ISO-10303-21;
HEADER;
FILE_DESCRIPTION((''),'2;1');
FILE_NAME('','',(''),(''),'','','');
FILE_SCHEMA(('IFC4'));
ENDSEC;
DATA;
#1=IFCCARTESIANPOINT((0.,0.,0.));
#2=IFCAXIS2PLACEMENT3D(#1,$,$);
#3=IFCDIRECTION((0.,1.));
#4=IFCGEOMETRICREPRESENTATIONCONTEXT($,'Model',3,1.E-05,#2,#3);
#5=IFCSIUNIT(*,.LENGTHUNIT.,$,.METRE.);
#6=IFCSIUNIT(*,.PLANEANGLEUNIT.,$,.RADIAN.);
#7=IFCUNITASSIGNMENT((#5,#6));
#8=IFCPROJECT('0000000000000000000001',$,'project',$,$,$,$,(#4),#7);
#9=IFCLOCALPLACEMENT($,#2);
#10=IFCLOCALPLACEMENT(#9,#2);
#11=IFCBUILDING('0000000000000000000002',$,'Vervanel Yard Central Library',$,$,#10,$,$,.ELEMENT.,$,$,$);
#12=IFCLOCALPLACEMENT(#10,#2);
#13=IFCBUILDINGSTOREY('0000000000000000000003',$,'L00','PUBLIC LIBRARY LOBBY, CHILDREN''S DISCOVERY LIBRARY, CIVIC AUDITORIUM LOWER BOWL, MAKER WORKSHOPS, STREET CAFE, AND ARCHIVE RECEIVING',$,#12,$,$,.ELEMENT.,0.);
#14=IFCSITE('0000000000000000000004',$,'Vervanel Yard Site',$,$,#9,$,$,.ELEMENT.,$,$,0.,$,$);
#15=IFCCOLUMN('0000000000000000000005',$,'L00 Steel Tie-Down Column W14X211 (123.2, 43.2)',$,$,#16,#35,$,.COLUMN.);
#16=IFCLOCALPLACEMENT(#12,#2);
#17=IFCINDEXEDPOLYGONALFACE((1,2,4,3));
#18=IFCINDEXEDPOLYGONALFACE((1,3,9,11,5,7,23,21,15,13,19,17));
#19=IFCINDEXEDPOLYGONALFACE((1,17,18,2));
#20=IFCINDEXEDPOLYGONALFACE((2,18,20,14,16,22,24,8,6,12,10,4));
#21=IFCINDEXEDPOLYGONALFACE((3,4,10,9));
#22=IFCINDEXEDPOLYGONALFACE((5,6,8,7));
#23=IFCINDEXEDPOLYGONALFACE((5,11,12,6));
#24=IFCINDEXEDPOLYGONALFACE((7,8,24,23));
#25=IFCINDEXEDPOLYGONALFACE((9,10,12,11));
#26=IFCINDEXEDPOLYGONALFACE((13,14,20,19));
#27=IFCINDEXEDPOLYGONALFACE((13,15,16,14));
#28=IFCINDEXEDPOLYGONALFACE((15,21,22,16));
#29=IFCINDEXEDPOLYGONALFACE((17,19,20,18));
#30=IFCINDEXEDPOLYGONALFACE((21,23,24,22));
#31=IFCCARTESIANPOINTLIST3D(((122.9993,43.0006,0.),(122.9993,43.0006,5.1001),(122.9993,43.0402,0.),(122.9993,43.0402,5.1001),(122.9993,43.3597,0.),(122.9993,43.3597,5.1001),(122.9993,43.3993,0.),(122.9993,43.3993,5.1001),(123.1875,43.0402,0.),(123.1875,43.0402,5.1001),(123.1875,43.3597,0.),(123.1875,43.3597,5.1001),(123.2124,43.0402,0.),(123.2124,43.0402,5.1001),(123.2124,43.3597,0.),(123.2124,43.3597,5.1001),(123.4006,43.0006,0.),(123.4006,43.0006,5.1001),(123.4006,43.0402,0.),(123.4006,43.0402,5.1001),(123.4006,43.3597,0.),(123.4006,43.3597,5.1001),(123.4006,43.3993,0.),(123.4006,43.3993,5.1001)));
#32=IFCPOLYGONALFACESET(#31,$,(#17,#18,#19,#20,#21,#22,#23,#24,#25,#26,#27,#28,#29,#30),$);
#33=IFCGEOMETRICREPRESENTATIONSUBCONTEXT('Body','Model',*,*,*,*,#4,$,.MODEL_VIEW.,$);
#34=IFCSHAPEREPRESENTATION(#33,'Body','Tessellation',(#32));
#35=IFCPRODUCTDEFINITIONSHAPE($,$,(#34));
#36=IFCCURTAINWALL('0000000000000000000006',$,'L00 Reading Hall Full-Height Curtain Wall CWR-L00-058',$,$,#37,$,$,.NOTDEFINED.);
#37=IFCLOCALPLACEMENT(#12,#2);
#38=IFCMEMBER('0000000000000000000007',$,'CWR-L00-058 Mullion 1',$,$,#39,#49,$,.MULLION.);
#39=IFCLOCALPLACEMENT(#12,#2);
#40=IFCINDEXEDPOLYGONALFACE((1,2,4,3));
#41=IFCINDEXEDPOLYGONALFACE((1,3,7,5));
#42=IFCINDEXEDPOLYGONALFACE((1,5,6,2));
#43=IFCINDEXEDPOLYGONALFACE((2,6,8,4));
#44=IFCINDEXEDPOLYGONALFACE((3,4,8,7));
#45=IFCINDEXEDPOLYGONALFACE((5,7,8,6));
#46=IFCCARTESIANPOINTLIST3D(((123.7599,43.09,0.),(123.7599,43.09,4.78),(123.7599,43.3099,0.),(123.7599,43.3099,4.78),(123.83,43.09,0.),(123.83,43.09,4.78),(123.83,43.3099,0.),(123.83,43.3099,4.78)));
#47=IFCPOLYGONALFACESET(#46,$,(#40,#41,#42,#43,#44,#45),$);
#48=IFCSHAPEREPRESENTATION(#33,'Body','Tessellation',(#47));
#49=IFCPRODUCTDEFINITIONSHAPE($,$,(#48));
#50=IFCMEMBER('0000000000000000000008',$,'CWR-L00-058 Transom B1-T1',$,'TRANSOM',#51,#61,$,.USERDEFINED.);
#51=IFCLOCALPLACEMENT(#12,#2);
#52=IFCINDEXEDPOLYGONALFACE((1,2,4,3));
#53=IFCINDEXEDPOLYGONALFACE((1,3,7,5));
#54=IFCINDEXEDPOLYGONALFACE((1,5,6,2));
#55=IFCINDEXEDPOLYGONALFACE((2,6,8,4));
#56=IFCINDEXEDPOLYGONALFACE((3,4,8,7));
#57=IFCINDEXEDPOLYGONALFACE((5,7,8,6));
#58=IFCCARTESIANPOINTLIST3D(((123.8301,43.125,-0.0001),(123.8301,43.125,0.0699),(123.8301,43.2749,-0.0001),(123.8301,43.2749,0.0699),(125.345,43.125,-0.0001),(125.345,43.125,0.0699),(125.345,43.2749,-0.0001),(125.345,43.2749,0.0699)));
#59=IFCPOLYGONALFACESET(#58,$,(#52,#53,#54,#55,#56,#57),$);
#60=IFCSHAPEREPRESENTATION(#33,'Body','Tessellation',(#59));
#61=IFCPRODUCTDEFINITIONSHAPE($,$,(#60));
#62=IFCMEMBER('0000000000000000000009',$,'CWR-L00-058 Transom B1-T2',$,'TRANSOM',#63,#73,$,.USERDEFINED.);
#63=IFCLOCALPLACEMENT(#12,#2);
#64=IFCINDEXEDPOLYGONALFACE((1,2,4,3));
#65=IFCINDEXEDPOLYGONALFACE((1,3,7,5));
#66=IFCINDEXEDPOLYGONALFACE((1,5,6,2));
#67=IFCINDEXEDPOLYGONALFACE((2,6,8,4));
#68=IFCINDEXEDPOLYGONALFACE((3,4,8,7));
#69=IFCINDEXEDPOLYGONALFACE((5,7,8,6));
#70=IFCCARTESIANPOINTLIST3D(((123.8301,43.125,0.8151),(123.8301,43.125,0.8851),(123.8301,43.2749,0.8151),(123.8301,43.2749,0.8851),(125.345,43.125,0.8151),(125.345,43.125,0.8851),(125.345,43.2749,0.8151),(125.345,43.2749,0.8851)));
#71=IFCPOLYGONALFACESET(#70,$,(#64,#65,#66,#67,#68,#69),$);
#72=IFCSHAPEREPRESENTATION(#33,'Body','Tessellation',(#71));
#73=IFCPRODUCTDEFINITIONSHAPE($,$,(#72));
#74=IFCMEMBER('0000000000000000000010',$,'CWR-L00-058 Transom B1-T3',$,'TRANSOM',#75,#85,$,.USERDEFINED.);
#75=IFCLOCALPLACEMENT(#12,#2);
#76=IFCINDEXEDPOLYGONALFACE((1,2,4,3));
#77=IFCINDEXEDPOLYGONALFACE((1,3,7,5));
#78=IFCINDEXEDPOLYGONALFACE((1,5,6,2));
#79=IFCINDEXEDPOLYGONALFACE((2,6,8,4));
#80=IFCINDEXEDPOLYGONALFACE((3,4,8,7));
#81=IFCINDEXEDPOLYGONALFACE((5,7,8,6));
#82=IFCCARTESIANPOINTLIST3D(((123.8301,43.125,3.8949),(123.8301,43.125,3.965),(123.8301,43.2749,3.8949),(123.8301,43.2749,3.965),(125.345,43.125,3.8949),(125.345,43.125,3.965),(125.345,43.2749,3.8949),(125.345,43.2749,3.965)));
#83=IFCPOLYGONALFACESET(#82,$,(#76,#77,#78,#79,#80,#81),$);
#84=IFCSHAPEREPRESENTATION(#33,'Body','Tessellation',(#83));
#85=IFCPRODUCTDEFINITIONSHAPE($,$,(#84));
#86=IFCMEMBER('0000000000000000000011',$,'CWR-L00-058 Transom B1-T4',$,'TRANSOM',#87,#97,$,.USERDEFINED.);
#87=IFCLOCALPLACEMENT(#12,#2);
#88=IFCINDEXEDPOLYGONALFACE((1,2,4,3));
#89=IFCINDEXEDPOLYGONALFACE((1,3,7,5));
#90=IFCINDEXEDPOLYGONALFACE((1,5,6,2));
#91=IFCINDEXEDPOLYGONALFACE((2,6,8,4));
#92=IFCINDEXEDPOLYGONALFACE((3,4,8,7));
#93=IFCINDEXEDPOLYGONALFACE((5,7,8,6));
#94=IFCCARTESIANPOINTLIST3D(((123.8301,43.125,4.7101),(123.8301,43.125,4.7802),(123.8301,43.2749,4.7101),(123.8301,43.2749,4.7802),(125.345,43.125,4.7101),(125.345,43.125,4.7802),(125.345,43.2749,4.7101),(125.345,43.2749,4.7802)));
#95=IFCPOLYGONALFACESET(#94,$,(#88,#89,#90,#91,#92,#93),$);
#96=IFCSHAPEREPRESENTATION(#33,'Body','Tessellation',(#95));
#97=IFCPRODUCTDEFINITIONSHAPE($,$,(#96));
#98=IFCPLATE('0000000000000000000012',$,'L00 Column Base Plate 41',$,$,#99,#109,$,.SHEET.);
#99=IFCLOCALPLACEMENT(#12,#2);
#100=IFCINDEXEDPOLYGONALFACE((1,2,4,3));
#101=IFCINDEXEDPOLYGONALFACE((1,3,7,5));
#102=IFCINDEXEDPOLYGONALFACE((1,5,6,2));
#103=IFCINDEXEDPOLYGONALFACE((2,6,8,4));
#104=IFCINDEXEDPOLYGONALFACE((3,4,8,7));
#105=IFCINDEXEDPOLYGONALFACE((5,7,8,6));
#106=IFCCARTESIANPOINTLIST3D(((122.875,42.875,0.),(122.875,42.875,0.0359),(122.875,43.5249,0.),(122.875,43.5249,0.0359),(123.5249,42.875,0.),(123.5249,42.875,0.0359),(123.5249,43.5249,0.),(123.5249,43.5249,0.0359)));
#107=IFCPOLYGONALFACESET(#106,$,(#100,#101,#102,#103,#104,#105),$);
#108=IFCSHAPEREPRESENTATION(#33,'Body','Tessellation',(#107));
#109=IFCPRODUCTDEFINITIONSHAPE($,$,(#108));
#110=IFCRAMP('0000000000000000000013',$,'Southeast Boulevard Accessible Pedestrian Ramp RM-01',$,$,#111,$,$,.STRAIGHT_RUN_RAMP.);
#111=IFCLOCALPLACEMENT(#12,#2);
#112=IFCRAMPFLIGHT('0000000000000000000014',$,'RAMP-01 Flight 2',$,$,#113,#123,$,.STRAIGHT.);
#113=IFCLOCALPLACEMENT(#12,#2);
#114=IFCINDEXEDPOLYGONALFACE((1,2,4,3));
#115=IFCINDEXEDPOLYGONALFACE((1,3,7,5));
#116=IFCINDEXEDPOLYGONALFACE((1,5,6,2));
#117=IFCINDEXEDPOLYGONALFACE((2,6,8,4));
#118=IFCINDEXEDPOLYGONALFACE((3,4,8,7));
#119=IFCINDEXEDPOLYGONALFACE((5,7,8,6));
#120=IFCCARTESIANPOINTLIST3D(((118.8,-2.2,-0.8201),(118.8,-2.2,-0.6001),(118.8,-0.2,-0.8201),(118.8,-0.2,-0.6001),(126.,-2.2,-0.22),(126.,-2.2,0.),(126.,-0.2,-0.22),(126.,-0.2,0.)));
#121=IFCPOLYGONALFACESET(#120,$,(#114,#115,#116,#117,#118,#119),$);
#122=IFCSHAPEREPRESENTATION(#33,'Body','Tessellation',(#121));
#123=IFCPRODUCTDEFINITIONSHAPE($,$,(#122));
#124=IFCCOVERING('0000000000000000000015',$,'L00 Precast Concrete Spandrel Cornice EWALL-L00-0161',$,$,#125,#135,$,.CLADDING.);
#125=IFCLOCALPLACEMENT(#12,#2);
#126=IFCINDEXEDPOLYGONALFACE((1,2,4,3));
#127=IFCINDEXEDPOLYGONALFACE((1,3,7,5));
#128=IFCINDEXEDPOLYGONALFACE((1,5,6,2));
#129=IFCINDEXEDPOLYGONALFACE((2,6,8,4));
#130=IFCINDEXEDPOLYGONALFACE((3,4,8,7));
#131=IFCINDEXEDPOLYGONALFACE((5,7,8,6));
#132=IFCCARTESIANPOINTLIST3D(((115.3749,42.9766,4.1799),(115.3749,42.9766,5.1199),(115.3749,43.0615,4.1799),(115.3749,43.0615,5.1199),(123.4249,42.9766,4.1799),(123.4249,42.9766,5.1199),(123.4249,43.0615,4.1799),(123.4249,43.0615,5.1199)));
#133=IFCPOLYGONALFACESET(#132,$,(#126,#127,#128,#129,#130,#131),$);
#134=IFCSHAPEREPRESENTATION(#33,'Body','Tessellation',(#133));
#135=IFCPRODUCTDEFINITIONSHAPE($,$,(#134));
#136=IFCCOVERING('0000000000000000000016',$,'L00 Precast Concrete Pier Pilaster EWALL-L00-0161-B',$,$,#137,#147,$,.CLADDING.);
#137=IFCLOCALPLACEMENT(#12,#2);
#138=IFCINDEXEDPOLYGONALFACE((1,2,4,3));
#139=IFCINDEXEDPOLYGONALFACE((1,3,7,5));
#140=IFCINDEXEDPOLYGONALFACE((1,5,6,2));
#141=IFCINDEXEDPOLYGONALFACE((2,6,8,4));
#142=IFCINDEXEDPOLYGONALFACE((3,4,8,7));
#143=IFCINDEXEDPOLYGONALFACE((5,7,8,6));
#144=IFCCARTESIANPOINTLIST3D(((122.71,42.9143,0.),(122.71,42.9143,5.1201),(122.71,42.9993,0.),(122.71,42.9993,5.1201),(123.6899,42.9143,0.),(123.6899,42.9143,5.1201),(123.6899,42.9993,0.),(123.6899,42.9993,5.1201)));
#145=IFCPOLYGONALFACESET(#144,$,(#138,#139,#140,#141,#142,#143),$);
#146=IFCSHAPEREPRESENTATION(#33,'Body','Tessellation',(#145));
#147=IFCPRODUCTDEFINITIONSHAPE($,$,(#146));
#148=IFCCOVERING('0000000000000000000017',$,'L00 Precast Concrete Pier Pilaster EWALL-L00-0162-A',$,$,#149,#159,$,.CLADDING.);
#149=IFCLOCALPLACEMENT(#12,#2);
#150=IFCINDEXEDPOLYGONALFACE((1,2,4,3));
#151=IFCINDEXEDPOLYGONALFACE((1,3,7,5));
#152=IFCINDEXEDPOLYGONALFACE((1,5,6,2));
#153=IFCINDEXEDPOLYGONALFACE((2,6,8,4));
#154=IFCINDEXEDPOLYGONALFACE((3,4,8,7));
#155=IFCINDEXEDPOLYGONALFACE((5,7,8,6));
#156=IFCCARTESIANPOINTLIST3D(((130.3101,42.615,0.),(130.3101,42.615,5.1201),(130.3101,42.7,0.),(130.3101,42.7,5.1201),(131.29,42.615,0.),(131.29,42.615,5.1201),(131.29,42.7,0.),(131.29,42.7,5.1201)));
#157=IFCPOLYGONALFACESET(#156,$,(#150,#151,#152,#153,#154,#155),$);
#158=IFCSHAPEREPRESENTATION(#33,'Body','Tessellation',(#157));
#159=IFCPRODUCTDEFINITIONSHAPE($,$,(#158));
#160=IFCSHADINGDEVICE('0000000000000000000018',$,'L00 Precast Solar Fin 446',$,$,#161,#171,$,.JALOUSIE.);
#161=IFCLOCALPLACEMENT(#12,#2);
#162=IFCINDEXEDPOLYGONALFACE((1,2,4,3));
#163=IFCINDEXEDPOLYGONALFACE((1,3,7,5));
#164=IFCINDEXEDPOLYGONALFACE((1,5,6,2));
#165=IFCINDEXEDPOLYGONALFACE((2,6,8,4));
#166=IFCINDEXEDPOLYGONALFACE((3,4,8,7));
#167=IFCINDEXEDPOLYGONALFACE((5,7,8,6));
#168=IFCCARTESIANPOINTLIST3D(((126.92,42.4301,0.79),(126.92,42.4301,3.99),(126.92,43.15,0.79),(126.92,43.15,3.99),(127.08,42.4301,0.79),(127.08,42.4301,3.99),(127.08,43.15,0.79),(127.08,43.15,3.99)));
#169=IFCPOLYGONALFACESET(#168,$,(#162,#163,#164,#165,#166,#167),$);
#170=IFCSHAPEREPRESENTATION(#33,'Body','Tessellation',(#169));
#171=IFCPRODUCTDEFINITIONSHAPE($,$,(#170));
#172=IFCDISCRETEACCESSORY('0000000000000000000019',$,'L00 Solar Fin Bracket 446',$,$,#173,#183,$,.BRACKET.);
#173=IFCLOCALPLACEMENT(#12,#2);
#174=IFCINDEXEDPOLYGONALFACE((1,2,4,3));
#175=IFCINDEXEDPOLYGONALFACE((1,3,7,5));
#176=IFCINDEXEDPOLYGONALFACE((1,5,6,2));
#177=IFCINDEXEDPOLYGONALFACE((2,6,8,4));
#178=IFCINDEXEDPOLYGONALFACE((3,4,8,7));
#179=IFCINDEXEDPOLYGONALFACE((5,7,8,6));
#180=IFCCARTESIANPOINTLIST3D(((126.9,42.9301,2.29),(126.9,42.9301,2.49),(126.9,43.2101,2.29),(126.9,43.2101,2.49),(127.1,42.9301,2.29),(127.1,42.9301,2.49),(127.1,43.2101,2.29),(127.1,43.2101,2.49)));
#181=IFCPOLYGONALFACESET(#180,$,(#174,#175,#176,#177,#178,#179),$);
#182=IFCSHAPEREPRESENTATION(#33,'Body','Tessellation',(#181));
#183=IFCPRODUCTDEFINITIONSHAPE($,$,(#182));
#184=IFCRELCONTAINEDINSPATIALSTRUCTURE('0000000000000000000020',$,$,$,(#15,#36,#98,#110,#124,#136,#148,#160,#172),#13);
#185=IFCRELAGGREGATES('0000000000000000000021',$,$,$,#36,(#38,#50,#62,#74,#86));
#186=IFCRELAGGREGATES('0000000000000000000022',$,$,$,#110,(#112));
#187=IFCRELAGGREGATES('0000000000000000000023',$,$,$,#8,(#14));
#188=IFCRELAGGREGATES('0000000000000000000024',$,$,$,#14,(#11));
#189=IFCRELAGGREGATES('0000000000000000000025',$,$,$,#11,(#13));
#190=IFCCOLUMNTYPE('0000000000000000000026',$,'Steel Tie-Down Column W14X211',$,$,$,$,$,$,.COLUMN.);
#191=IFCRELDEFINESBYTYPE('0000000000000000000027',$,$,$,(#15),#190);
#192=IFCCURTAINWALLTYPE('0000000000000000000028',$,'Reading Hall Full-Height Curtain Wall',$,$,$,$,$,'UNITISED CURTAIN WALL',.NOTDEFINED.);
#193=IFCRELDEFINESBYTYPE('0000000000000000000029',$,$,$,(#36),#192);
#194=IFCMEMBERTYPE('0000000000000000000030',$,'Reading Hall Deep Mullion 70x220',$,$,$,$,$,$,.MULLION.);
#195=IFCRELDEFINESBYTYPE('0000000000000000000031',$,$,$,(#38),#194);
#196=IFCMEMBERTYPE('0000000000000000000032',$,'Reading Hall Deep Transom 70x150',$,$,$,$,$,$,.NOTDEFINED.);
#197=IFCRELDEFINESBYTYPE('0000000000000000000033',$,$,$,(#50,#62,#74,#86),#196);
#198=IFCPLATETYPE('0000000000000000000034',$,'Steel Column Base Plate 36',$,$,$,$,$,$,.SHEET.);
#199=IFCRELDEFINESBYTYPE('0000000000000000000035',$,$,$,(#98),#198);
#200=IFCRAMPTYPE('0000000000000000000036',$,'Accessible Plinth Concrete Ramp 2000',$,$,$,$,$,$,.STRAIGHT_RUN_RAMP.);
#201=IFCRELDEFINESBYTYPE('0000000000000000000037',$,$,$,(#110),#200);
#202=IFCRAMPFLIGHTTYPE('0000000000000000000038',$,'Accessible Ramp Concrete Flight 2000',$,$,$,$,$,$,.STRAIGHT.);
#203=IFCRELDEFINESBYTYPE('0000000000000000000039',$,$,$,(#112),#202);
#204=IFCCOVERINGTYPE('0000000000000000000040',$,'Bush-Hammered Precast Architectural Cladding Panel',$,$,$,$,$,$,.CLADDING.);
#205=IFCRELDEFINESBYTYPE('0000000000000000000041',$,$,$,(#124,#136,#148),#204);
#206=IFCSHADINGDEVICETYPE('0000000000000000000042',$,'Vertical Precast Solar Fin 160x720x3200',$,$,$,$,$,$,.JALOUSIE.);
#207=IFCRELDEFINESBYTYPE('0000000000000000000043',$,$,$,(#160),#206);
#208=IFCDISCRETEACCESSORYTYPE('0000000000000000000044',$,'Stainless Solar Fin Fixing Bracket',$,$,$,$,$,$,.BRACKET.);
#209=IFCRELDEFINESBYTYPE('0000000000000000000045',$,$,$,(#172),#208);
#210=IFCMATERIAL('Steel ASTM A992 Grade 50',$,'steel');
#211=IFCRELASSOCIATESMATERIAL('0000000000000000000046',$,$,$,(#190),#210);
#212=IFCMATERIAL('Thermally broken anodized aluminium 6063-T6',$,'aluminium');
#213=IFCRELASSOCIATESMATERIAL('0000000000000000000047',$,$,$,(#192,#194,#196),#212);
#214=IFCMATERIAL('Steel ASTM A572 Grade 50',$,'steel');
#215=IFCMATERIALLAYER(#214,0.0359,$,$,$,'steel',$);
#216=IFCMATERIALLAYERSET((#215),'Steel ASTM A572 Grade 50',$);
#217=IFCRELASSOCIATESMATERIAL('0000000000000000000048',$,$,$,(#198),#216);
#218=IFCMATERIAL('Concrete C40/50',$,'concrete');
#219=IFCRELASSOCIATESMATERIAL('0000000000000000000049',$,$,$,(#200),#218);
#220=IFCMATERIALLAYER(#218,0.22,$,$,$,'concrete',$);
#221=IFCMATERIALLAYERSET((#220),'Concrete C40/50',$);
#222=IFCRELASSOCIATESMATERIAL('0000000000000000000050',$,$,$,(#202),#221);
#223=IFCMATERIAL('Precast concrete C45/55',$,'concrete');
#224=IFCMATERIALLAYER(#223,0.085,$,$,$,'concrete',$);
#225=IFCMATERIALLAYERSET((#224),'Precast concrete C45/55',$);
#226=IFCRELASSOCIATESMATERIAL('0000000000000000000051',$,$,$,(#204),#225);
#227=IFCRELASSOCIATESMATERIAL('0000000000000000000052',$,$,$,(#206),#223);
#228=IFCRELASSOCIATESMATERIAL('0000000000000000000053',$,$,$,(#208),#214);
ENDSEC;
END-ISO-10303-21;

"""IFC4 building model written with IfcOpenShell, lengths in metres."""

from ifc_helpers import new_model, si_unit, direction, frame, origin, origin_2d, place, context, subcontext, project, spatial, polyline, rectangle, i_section, outline, extrude, material, layer, layer_set, material_profile, profile_set, type_object, element, aggregate, save


model = new_model("IFC4")

# Units and contexts
model_context = context("Model", 3, precision=1e-05, world=origin(), true_north=direction((0.0, 1.0)))
body_context = subcontext(model_context, "Body", "Model", "MODEL_VIEW")
ifc_project = project(units=[si_unit("LENGTHUNIT", "METRE"), si_unit("PLANEANGLEUNIT", "RADIAN")], contexts=[model_context])

# Site, building, storey
site_placement = place(None, origin())
site = spatial("IfcSite", under=ifc_project, at=site_placement, Name="Vervanel Yard Site", CompositionType="ELEMENT", RefElevation=0.0)
building_placement = place(site_placement, origin())
building = spatial("IfcBuilding", under=site, at=building_placement, Name="Vervanel Yard Central Library", CompositionType="ELEMENT")
storey_placement = place(building_placement, origin())
storey = spatial("IfcBuildingStorey", under=building, at=storey_placement, Name="L00", Description="PUBLIC LIBRARY LOBBY, CHILDREN'S DISCOVERY LIBRARY, CIVIC AUDITORIUM LOWER BOWL, MAKER WORKSHOPS, STREET CAFE, AND ARCHIVE RECEIVING", CompositionType="ELEMENT", Elevation=0.0)

# Shared definitions
ifc_material_1 = material(Name="Concrete C40/50", Category="concrete")

# Column
ifc_material_2 = material(Name="Steel ASTM A992 Grade 50", Category="steel")
ifc_material_profile_1 = material_profile(ifc_material_2, i_section(OverallWidth=0.4014, OverallDepth=0.3987, WebThickness=0.0249, FlangeThickness=0.0396, at=origin_2d()), Name="W14X211", Category="steel")
ifc_profile_set_1 = profile_set([ifc_material_profile_1], Name="Steel ASTM A992 Grade 50")
column_type = type_object("IfcColumnType", Name="Steel Tie-Down Column W14X211", PredefinedType="COLUMN", material=ifc_profile_set_1)
column_placement = place(storey_placement, frame((123.2, 43.2, 0.0), z_axis=(0.0, 0.0, 1.0), x_axis=(1.0, 0.0, 0.0)))
element("IfcColumn", 1, at=column_placement, inside=storey, type_object=column_type, Name="L00 Steel Tie-Down Column W14X211 (123.2, 43.2)", PredefinedType="COLUMN", context=body_context, shape_type="SweptSolid", body=[
    extrude(i_section(OverallWidth=0.4014, OverallDepth=0.3987, WebThickness=0.0249, FlangeThickness=0.0396, at=origin_2d()), origin(), (0.0, 0.0, 1.0), 5.1001),
])

# Curtain wall, members
ifc_material_3 = material(Name="Thermally broken anodized aluminium 6063-T6", Category="aluminium")
curtain_wall_type = type_object("IfcCurtainWallType", Name="Reading Hall Full-Height Curtain Wall", ElementType="UNITISED CURTAIN WALL", PredefinedType="NOTDEFINED", material=ifc_material_3)
curtain_wall_placement = place(storey_placement, origin())
curtain_wall = element("IfcCurtainWall", 2, at=curtain_wall_placement, inside=storey, type_object=curtain_wall_type, Name="L00 Reading Hall Full-Height Curtain Wall CWR-L00-058", PredefinedType="NOTDEFINED")
ifc_material_profile_2 = material_profile(ifc_material_3, rectangle(XDim=0.0701, YDim=0.22, at=origin_2d()), Name="ALU 70x220", Category="aluminium")
ifc_profile_set_2 = profile_set([ifc_material_profile_2], Name="Thermally broken anodized aluminium 6063-T6")
member_type_1 = type_object("IfcMemberType", Name="Reading Hall Deep Mullion 70x220", PredefinedType="MULLION", material=ifc_profile_set_2)
member_1_placement = place(storey_placement, frame((123.7949, 43.2, 0.0), z_axis=(0.0, 0.0, 1.0), x_axis=(1.0, 0.0, 0.0)))
member_1 = element("IfcMember", 3, at=member_1_placement, type_object=member_type_1, Name="CWR-L00-058 Mullion 1", PredefinedType="MULLION", context=body_context, shape_type="SweptSolid", body=[
    extrude(rectangle(XDim=0.0701, YDim=0.22, at=origin_2d()), origin(), (0.0, 0.0, 1.0), 4.78),
])
ifc_material_profile_3 = material_profile(ifc_material_3, rectangle(XDim=0.0701, YDim=0.1499, at=origin_2d()), Name="ALU 70x150", Category="aluminium")
ifc_profile_set_3 = profile_set([ifc_material_profile_3], Name="Thermally broken anodized aluminium 6063-T6")
member_type_2 = type_object("IfcMemberType", Name="Reading Hall Deep Transom 70x150", PredefinedType="NOTDEFINED", material=ifc_profile_set_3)
member_2_placement = place(storey_placement, frame((123.8301, 43.2, 0.0349), z_axis=(1.0, 0.0, 0.0), x_axis=(0.0, 0.0, 1.0)))
member_2 = element("IfcMember", 4, at=member_2_placement, type_object=member_type_2, Name="CWR-L00-058 Transom B1-T1", ObjectType="TRANSOM", PredefinedType="USERDEFINED", context=body_context, shape_type="SweptSolid", body=[
    extrude(rectangle(XDim=0.0701, YDim=0.1499, at=origin_2d()), origin(), (0.0, 0.0, 1.0), 1.5149),
])
member_3_placement = place(storey_placement, frame((123.8301, 43.2, 0.8501), z_axis=(1.0, 0.0, 0.0), x_axis=(0.0, 0.0, 1.0)))
member_3 = element("IfcMember", 5, at=member_3_placement, type_object=member_type_2, Name="CWR-L00-058 Transom B1-T2", ObjectType="TRANSOM", PredefinedType="USERDEFINED", context=body_context, shape_type="SweptSolid", body=[
    extrude(rectangle(XDim=0.0701, YDim=0.1499, at=origin_2d()), origin(), (0.0, 0.0, 1.0), 1.5149),
])
member_4_placement = place(storey_placement, frame((123.8301, 43.2, 3.9299), z_axis=(1.0, 0.0, 0.0), x_axis=(0.0, 0.0, 1.0)))
member_4 = element("IfcMember", 6, at=member_4_placement, type_object=member_type_2, Name="CWR-L00-058 Transom B1-T3", ObjectType="TRANSOM", PredefinedType="USERDEFINED", context=body_context, shape_type="SweptSolid", body=[
    extrude(rectangle(XDim=0.0701, YDim=0.1499, at=origin_2d()), origin(), (0.0, 0.0, 1.0), 1.5149),
])
member_5_placement = place(storey_placement, frame((123.8301, 43.2, 4.7451), z_axis=(1.0, 0.0, 0.0), x_axis=(0.0, 0.0, 1.0)))
member_5 = element("IfcMember", 7, at=member_5_placement, type_object=member_type_2, Name="CWR-L00-058 Transom B1-T4", ObjectType="TRANSOM", PredefinedType="USERDEFINED", context=body_context, shape_type="SweptSolid", body=[
    extrude(rectangle(XDim=0.0701, YDim=0.1499, at=origin_2d()), origin(), (0.0, 0.0, 1.0), 1.5149),
])
aggregate(curtain_wall, [member_1, member_2, member_3, member_4, member_5])

# Plate
ifc_material_4 = material(Name="Steel ASTM A572 Grade 50", Category="steel")
ifc_layer_1 = layer(ifc_material_4, 0.0359, Category="steel")
ifc_layer_set_1 = layer_set([ifc_layer_1], Name="Steel ASTM A572 Grade 50")
plate_type = type_object("IfcPlateType", Name="Steel Column Base Plate 36", PredefinedType="SHEET", material=ifc_layer_set_1)
plate_placement = place(storey_placement, frame((123.2, 43.2, 0.0), z_axis=(0.0, 0.0, 1.0), x_axis=(1.0, 0.0, 0.0)))
element("IfcPlate", 8, at=plate_placement, inside=storey, type_object=plate_type, Name="L00 Column Base Plate 41", PredefinedType="SHEET", context=body_context, shape_type="SweptSolid", body=[
    extrude(rectangle(XDim=0.6499, YDim=0.6499, at=origin_2d()), origin(), (0.0, 0.0, 1.0), 0.0359),
])

# Ramp, ramp flight
ramp_type = type_object("IfcRampType", Name="Accessible Plinth Concrete Ramp 2000", PredefinedType="STRAIGHT_RUN_RAMP", material=ifc_material_1)
ramp_placement = place(storey_placement, origin())
ramp = element("IfcRamp", 9, at=ramp_placement, inside=storey, type_object=ramp_type, Name="Southeast Boulevard Accessible Pedestrian Ramp RM-01", PredefinedType="STRAIGHT_RUN_RAMP")
ifc_layer_2 = layer(ifc_material_1, 0.22, Category="concrete")
ifc_layer_set_2 = layer_set([ifc_layer_2], Name="Concrete C40/50")
ramp_flight_type = type_object("IfcRampFlightType", Name="Accessible Ramp Concrete Flight 2000", PredefinedType="STRAIGHT", material=ifc_layer_set_2)
ramp_flight_placement = place(storey_placement, frame((118.8, -1.2, -0.6001), z_axis=(0.0, 0.0, 1.0), x_axis=(1.0, 0.0, 0.0)))
ramp_flight = element("IfcRampFlight", 10, at=ramp_flight_placement, type_object=ramp_flight_type, Name="RAMP-01 Flight 2", PredefinedType="STRAIGHT", context=body_context, shape_type="SweptSolid", body=[
    extrude(outline(polyline([(0.0, 0.0), (0.0, -0.22), (7.2, 0.3801), (7.2, 0.6001), (0.0, 0.0)])), frame((0.0, 1.0, 0.0), z_axis=(0.0, -1.0, 0.0), x_axis=(1.0, 0.0, 0.0)), (0.0, 0.0, 1.0), 2.0),
])
aggregate(ramp, [ramp_flight])

# Coverings
ifc_material_5 = material(Name="Precast concrete C45/55", Category="concrete")
ifc_layer_3 = layer(ifc_material_5, 0.085, Category="concrete")
ifc_layer_set_3 = layer_set([ifc_layer_3], Name="Precast concrete C45/55")
covering_type = type_object("IfcCoveringType", Name="Bush-Hammered Precast Architectural Cladding Panel", PredefinedType="CLADDING", material=ifc_layer_set_3)
covering_placement = place(storey_placement, frame((119.3999, 43.019, 4.1799), z_axis=(0.0, 0.0, 1.0), x_axis=(1.0, 0.0, 0.0)))
element("IfcCovering", 11, at=covering_placement, inside=storey, type_object=covering_type, Name="L00 Precast Concrete Spandrel Cornice EWALL-L00-0161", PredefinedType="CLADDING", context=body_context, shape_type="SweptSolid", body=[
    extrude(rectangle(XDim=8.05, YDim=0.085, at=origin_2d()), origin(), (0.0, 0.0, 1.0), 0.9399),
])
for number, where, z_axis, x_axis, name in (
    (12, (123.2, 42.9568, 0.0), (0.0, 0.0, 1.0), (1.0, 0.0, 0.0), "L00 Precast Concrete Pier Pilaster EWALL-L00-0161-B"),
    (13, (130.8, 42.6575, 0.0), (0.0, 0.0, 1.0), (1.0, 0.0, 0.0), "L00 Precast Concrete Pier Pilaster EWALL-L00-0162-A"),
):
    element("IfcCovering", number, at=place(storey_placement, frame(where, z_axis=z_axis, x_axis=x_axis)), inside=storey, type_object=covering_type, Name=name, PredefinedType="CLADDING", context=body_context, shape_type="SweptSolid", body=[
        extrude(rectangle(XDim=0.98, YDim=0.085, at=origin_2d()), origin(), (0.0, 0.0, 1.0), 5.1201),
    ])

# Shading device
shading_device_type = type_object("IfcShadingDeviceType", Name="Vertical Precast Solar Fin 160x720x3200", PredefinedType="JALOUSIE", material=ifc_material_5)
shading_device_placement = place(storey_placement, frame((127.0, 42.79, 0.79), z_axis=(0.0, 0.0, 1.0), x_axis=(1.0, 0.0, 0.0)))
element("IfcShadingDevice", 14, at=shading_device_placement, inside=storey, type_object=shading_device_type, Name="L00 Precast Solar Fin 446", PredefinedType="JALOUSIE", context=body_context, shape_type="SweptSolid", body=[
    extrude(rectangle(XDim=0.1599, YDim=0.72, at=origin_2d()), origin(), (0.0, 0.0, 1.0), 3.2),
])

# Discrete accessory
discrete_accessory_type = type_object("IfcDiscreteAccessoryType", Name="Stainless Solar Fin Fixing Bracket", PredefinedType="BRACKET", material=ifc_material_4)
discrete_accessory_placement = place(storey_placement, frame((127.0, 43.0701, 2.29), z_axis=(0.0, 0.0, 1.0), x_axis=(1.0, 0.0, 0.0)))
element("IfcDiscreteAccessory", 15, at=discrete_accessory_placement, inside=storey, type_object=discrete_accessory_type, Name="L00 Solar Fin Bracket 446", PredefinedType="BRACKET", context=body_context, shape_type="SweptSolid", body=[
    extrude(rectangle(XDim=0.2, YDim=0.28, at=origin_2d()), origin(), (0.0, 0.0, 1.0), 0.2),
])

save(model, "model.ifc")
